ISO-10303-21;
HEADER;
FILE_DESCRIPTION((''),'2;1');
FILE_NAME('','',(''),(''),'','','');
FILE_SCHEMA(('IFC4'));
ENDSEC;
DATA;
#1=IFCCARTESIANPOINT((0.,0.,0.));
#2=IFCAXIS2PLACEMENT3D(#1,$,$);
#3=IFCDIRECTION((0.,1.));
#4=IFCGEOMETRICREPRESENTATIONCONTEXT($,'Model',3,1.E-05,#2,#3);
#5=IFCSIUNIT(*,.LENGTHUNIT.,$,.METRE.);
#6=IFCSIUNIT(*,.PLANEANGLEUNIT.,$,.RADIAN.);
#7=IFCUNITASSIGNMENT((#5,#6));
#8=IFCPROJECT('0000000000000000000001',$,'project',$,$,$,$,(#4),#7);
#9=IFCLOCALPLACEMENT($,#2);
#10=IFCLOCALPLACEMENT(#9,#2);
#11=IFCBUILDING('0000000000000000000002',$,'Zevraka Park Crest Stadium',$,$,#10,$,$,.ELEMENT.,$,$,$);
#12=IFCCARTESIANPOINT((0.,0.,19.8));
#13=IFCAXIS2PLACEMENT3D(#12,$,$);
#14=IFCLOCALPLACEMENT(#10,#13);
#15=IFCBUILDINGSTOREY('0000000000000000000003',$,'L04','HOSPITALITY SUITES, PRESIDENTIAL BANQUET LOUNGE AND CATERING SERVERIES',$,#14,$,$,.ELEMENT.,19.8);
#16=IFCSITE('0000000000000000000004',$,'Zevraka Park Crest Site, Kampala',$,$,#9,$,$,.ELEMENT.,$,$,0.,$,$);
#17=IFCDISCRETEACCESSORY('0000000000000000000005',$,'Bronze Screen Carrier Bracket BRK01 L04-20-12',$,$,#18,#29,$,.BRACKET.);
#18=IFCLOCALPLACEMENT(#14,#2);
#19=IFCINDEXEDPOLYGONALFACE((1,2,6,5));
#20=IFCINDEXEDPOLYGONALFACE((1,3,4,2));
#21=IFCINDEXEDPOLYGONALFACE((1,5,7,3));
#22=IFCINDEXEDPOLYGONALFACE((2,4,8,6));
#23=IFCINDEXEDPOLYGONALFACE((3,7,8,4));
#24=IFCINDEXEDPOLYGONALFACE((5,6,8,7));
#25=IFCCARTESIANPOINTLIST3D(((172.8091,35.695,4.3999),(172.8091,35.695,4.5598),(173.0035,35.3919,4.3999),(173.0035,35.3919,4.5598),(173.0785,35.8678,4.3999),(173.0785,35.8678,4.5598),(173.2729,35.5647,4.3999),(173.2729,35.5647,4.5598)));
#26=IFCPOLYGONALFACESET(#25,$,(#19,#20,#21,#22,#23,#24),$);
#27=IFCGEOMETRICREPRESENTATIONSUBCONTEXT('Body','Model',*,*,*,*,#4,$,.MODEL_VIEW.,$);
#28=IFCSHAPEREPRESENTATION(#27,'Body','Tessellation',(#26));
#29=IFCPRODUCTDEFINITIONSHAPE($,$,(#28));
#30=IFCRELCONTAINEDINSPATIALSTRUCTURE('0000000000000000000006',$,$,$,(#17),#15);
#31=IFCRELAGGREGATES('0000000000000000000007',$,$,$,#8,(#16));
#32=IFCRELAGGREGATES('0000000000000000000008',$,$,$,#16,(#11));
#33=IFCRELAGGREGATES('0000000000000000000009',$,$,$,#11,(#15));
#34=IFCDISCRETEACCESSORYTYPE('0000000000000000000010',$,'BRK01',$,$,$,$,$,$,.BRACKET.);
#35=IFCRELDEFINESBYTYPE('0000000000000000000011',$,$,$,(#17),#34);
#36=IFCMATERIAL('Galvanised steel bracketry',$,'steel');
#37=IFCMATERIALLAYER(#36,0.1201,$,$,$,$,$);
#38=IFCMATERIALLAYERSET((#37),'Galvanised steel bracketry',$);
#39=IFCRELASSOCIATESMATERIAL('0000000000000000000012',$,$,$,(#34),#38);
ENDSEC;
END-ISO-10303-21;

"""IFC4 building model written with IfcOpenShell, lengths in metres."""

from ifc_helpers import new_model, si_unit, direction, frame, origin, origin_2d, place, context, subcontext, project, spatial, rectangle, extrude, material, layer, layer_set, type_object, element, save


model = new_model("IFC4")

# Units and contexts
model_context = context("Model", 3, precision=1e-05, world=origin(), true_north=direction((0.0, 1.0)))
body_context = subcontext(model_context, "Body", "Model", "MODEL_VIEW")
ifc_project = project(units=[si_unit("LENGTHUNIT", "METRE"), si_unit("PLANEANGLEUNIT", "RADIAN")], contexts=[model_context])

# Site, building, storey
site_placement = place(None, origin())
site = spatial("IfcSite", under=ifc_project, at=site_placement, Name="Zevraka Park Crest Site, Kampala", CompositionType="ELEMENT", RefElevation=0.0)
building_placement = place(site_placement, origin())
building = spatial("IfcBuilding", under=site, at=building_placement, Name="Zevraka Park Crest Stadium", CompositionType="ELEMENT")
storey_placement = place(building_placement, frame((0.0, 0.0, 19.8)))
storey = spatial("IfcBuildingStorey", under=building, at=storey_placement, Name="L04", Description="HOSPITALITY SUITES, PRESIDENTIAL BANQUET LOUNGE AND CATERING SERVERIES", CompositionType="ELEMENT", Elevation=19.8)

# Discrete accessory
ifc_material_1 = material(Name="Galvanised steel bracketry", Category="steel")
ifc_layer_1 = layer(ifc_material_1, 0.1201)
ifc_layer_set_1 = layer_set([ifc_layer_1], Name="Galvanised steel bracketry")
discrete_accessory_type = type_object("IfcDiscreteAccessoryType", Name="BRK01", PredefinedType="BRACKET", material=ifc_layer_set_1)
for number, where, z_axis, x_axis, name in (
    (1, (173.041, 35.6299, 4.3999), (0.0, 0.0, 1.0), (0.841699, 0.539947, 0.0), "Bronze Screen Carrier Bracket BRK01 L04-20-12"),
):
    element("IfcDiscreteAccessory", number, at=place(storey_placement, frame(where, z_axis=z_axis, x_axis=x_axis)), inside=storey, type_object=discrete_accessory_type, Name=name, PredefinedType="BRACKET", context=body_context, shape_type="SweptSolid", body=[
        extrude(rectangle(XDim=0.3201, YDim=0.3601, at=origin_2d()), origin(), (0.0, 0.0, 1.0), 0.1599),
    ])

save(model, "model.ifc")
